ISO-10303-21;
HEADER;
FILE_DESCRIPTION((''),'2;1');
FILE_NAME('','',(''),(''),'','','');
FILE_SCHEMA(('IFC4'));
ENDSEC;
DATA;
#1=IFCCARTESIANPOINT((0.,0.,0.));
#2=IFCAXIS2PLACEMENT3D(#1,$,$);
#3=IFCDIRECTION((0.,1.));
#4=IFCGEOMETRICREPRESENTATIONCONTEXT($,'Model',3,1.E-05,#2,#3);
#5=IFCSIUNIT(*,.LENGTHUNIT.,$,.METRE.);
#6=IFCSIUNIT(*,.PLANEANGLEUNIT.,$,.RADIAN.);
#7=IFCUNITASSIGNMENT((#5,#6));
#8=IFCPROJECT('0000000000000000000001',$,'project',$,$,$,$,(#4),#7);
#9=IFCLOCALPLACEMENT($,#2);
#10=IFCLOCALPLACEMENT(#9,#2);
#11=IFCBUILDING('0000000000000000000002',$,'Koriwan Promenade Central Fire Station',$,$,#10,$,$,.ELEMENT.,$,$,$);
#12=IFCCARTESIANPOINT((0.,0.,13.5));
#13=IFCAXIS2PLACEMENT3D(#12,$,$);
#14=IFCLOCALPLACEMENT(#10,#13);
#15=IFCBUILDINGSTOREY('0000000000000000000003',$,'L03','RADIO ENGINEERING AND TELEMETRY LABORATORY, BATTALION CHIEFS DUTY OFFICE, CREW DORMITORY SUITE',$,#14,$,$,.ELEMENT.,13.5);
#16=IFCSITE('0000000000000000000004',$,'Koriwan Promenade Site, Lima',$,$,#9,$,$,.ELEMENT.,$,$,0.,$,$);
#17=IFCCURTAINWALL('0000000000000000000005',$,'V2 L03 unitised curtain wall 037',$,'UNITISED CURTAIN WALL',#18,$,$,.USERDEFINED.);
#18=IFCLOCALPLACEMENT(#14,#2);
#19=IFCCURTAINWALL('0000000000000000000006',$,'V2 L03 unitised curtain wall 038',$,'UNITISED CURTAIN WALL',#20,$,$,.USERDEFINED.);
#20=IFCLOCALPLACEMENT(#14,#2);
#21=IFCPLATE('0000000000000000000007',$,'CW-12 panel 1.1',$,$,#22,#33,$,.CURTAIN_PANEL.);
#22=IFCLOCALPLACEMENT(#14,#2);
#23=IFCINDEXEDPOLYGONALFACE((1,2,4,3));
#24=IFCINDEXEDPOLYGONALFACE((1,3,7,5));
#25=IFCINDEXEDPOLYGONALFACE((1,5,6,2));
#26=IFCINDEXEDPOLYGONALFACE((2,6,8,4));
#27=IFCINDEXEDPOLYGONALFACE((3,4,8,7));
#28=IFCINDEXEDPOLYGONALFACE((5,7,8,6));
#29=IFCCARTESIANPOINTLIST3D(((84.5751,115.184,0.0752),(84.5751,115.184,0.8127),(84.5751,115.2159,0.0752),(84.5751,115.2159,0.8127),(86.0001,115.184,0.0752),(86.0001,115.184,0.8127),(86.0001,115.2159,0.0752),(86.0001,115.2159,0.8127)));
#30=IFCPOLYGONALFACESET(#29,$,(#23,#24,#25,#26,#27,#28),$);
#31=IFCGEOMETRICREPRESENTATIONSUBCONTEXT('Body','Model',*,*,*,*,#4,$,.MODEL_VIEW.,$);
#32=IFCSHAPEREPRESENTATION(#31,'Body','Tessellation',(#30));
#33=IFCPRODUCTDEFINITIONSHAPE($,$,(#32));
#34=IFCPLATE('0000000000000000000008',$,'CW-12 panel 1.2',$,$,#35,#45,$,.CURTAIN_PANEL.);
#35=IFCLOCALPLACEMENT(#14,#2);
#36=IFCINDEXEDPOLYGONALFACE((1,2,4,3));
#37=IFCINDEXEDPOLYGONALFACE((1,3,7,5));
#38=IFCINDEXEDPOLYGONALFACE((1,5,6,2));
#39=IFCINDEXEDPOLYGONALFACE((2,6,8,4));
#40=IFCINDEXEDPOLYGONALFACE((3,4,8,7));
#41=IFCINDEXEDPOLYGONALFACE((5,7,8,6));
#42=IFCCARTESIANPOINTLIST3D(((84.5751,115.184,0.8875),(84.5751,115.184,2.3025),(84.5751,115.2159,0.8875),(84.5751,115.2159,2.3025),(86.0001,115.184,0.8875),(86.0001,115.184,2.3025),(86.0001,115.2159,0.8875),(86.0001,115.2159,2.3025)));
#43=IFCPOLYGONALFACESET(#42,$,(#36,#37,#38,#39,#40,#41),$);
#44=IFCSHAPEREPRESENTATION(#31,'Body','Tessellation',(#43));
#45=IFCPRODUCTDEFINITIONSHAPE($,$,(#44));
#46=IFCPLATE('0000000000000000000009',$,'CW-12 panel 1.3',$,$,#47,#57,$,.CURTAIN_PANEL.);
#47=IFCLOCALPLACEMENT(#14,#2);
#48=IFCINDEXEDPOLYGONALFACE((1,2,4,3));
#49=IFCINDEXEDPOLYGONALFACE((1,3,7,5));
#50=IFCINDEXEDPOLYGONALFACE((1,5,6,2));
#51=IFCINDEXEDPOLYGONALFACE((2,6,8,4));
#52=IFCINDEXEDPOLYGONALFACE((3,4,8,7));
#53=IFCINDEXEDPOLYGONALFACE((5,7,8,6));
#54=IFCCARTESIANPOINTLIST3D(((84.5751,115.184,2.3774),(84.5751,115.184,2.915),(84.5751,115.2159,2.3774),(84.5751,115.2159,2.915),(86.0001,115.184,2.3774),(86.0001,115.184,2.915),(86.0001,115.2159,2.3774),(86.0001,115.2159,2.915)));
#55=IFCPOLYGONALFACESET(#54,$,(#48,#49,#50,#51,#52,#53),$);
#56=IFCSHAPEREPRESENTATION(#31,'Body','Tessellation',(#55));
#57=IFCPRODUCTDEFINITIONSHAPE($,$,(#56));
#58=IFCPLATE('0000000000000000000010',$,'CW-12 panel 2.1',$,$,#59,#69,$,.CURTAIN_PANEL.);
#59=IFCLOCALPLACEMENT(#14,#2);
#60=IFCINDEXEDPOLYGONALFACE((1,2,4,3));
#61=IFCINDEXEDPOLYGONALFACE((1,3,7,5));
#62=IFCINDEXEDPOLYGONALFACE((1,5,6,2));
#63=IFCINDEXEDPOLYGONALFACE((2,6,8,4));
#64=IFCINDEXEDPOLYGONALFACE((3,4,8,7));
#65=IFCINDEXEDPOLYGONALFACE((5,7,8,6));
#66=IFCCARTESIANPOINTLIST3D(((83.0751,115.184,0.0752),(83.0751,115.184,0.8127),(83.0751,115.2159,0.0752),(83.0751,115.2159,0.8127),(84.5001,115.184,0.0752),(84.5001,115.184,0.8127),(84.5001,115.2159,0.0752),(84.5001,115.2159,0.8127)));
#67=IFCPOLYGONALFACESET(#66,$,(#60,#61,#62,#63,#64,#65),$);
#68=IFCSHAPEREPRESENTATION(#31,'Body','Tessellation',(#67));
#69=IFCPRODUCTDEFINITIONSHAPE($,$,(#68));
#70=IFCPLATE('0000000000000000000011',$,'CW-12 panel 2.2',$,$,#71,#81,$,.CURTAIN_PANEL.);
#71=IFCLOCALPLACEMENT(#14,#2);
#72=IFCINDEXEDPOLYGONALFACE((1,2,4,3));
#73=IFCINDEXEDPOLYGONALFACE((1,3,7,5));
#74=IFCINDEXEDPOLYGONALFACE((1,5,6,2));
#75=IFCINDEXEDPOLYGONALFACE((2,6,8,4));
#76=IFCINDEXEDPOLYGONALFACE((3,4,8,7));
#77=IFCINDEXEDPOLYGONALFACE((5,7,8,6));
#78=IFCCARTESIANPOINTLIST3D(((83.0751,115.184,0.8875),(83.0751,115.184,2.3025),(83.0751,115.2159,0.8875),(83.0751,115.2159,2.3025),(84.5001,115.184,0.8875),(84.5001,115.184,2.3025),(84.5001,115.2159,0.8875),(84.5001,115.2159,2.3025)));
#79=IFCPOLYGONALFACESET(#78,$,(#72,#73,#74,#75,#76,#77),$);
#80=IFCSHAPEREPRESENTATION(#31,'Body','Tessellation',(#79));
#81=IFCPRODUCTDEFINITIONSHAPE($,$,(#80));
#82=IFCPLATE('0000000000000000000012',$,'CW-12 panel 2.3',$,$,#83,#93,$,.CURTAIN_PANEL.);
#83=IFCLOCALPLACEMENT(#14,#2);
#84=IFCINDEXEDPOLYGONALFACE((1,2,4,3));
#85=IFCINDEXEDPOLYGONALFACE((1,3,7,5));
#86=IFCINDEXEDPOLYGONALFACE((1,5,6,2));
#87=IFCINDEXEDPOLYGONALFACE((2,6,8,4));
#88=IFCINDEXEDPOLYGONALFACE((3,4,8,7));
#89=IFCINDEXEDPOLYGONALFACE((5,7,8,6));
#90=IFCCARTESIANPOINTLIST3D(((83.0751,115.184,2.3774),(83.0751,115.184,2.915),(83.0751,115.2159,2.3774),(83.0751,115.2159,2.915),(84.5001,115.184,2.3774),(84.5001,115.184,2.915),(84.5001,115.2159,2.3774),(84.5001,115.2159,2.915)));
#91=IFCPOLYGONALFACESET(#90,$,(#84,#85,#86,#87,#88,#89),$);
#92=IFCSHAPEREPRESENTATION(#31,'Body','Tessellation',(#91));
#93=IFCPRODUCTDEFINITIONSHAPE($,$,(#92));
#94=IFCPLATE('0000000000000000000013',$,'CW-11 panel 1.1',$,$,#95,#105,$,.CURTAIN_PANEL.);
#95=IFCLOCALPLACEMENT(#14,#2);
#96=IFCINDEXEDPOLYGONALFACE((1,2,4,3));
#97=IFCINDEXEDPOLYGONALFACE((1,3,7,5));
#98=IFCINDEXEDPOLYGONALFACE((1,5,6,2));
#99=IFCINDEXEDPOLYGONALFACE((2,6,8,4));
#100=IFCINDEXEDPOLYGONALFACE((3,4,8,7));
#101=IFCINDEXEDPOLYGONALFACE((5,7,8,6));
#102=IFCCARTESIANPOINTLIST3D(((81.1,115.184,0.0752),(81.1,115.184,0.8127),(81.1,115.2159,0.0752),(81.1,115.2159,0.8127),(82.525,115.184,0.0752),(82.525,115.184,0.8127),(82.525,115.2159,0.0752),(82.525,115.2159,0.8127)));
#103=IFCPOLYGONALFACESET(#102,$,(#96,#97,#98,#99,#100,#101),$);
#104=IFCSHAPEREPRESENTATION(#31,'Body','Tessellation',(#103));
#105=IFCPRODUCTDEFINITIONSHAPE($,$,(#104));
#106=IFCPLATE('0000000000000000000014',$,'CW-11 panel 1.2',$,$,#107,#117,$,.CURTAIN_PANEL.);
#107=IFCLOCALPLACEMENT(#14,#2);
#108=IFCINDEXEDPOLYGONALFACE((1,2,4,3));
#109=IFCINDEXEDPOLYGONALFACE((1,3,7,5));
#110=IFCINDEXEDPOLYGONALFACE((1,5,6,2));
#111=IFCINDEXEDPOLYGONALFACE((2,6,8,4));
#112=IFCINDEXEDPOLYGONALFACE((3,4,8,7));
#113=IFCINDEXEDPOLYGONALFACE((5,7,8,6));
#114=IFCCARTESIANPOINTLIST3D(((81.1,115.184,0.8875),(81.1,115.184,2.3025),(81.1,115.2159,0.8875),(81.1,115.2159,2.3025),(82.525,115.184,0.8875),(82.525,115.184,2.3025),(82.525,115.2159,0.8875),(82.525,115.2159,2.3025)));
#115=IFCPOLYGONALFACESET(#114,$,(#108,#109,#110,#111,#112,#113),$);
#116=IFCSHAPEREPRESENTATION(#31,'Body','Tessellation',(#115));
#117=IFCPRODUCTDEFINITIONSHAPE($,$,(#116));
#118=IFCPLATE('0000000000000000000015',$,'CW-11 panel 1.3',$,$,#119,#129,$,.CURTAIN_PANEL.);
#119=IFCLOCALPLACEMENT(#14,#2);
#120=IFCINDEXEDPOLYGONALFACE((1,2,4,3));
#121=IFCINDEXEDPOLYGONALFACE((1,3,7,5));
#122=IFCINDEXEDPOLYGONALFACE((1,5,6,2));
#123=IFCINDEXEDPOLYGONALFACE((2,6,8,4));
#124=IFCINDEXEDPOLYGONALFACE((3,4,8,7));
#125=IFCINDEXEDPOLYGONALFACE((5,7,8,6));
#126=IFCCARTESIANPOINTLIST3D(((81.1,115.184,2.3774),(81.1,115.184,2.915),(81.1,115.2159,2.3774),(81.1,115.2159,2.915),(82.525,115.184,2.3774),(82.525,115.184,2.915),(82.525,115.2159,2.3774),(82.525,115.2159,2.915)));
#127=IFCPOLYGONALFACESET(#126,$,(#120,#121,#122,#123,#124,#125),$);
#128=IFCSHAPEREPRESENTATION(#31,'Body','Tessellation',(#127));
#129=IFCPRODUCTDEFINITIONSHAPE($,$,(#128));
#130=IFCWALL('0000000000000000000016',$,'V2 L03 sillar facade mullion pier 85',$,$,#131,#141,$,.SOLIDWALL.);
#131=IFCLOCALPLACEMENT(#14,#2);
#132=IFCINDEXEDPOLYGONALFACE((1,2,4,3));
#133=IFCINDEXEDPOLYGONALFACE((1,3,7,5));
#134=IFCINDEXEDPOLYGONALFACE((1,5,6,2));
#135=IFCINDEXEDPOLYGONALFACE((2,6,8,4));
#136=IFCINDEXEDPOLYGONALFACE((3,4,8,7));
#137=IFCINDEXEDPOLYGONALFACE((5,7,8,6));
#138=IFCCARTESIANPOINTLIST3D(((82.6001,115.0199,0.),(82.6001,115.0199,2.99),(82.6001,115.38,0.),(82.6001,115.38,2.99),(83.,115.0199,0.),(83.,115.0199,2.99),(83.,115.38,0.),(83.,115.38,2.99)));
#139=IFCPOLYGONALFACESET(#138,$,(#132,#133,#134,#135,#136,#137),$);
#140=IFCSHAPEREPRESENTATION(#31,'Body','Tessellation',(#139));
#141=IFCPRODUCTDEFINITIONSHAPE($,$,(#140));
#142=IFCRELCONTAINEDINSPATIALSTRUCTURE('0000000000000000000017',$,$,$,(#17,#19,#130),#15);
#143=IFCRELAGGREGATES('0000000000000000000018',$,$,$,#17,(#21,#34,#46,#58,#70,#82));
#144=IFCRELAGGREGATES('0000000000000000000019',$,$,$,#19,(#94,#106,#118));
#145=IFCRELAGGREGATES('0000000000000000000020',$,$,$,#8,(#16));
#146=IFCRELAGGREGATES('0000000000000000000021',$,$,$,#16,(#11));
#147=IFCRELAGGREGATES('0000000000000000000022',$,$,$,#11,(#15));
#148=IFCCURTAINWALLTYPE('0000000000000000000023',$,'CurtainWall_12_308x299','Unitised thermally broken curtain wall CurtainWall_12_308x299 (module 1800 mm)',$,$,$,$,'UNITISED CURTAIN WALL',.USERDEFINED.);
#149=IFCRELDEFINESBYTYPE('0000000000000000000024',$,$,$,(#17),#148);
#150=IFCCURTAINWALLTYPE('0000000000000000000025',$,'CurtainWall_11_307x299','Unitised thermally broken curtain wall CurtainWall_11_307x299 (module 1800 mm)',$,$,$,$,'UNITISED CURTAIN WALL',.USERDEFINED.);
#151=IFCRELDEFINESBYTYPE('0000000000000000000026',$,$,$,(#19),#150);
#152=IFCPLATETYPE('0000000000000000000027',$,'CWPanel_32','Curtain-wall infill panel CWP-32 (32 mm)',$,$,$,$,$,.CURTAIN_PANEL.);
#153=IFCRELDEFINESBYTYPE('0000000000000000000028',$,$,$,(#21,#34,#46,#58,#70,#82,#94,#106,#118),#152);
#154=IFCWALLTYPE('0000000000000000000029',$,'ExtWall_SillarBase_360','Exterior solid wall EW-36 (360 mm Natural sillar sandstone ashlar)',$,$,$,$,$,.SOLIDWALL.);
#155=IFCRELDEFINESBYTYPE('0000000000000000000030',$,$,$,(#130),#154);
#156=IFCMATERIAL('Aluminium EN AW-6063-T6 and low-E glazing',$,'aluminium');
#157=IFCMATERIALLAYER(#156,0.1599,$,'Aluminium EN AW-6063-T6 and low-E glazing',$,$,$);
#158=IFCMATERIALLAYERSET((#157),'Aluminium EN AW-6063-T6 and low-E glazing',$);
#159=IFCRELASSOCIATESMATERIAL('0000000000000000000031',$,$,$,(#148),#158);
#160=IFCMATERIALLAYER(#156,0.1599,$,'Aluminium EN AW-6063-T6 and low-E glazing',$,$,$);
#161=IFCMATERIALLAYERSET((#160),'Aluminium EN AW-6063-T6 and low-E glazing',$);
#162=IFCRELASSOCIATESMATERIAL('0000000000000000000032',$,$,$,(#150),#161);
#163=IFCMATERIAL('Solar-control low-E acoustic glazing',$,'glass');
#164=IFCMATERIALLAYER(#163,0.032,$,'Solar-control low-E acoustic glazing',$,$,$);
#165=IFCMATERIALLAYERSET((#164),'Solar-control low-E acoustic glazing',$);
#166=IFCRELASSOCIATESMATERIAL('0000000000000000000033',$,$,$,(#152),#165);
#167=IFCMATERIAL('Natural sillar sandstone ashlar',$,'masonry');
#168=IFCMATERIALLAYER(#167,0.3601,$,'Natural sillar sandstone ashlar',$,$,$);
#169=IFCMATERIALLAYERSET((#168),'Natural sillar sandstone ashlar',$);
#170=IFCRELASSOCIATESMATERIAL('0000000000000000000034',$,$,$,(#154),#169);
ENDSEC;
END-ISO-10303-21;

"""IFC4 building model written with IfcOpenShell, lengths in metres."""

from ifc_helpers import new_model, si_unit, direction, frame, frame_2d, origin, origin_2d, place, context, subcontext, project, spatial, rectangle, extrude, material, layer, layer_set, type_object, element, aggregate, save


model = new_model("IFC4")

# Units and contexts
model_context = context("Model", 3, precision=1e-05, world=origin(), true_north=direction((0.0, 1.0)))
body_context = subcontext(model_context, "Body", "Model", "MODEL_VIEW")
ifc_project = project(units=[si_unit("LENGTHUNIT", "METRE"), si_unit("PLANEANGLEUNIT", "RADIAN")], contexts=[model_context])

# Site, building, storey
site_placement = place(None, origin())
site = spatial("IfcSite", under=ifc_project, at=site_placement, Name="Koriwan Promenade Site, Lima", CompositionType="ELEMENT", RefElevation=0.0)
building_placement = place(site_placement, origin())
building = spatial("IfcBuilding", under=site, at=building_placement, Name="Koriwan Promenade Central Fire Station", CompositionType="ELEMENT")
storey_placement = place(building_placement, frame((0.0, 0.0, 13.5)))
storey = spatial("IfcBuildingStorey", under=building, at=storey_placement, Name="L03", Description="RADIO ENGINEERING AND TELEMETRY LABORATORY, BATTALION CHIEFS DUTY OFFICE, CREW DORMITORY SUITE", CompositionType="ELEMENT", Elevation=13.5)

# Curtain walls
ifc_material_1 = material(Name="Aluminium EN AW-6063-T6 and low-E glazing", Category="aluminium")
ifc_layer_1 = layer(ifc_material_1, 0.1599, Name="Aluminium EN AW-6063-T6 and low-E glazing")
ifc_layer_set_1 = layer_set([ifc_layer_1], Name="Aluminium EN AW-6063-T6 and low-E glazing")
curtain_wall_type_1 = type_object("IfcCurtainWallType", Name="CurtainWall_12_308x299", Description="Unitised thermally broken curtain wall CurtainWall_12_308x299 (module 1800 mm)", ElementType="UNITISED CURTAIN WALL", PredefinedType="USERDEFINED", material=ifc_layer_set_1)
curtain_wall_1_placement = place(storey_placement, origin())
curtain_wall_1 = element("IfcCurtainWall", 1, at=curtain_wall_1_placement, inside=storey, type_object=curtain_wall_type_1, Name="V2 L03 unitised curtain wall 037", ObjectType="UNITISED CURTAIN WALL", PredefinedType="USERDEFINED")
ifc_layer_2 = layer(ifc_material_1, 0.1599, Name="Aluminium EN AW-6063-T6 and low-E glazing")
ifc_layer_set_2 = layer_set([ifc_layer_2], Name="Aluminium EN AW-6063-T6 and low-E glazing")
curtain_wall_type_2 = type_object("IfcCurtainWallType", Name="CurtainWall_11_307x299", Description="Unitised thermally broken curtain wall CurtainWall_11_307x299 (module 1800 mm)", ElementType="UNITISED CURTAIN WALL", PredefinedType="USERDEFINED", material=ifc_layer_set_2)
curtain_wall_2_placement = place(storey_placement, origin())
curtain_wall_2 = element("IfcCurtainWall", 2, at=curtain_wall_2_placement, inside=storey, type_object=curtain_wall_type_2, Name="V2 L03 unitised curtain wall 038", ObjectType="UNITISED CURTAIN WALL", PredefinedType="USERDEFINED")

# Plates
ifc_material_2 = material(Name="Solar-control low-E acoustic glazing", Category="glass")
ifc_layer_3 = layer(ifc_material_2, 0.032, Name="Solar-control low-E acoustic glazing")
ifc_layer_set_3 = layer_set([ifc_layer_3], Name="Solar-control low-E acoustic glazing")
plate_type = type_object("IfcPlateType", Name="CWPanel_32", Description="Curtain-wall infill panel CWP-32 (32 mm)", PredefinedType="CURTAIN_PANEL", material=ifc_layer_set_3)
plate_1_placement = place(storey_placement, frame((85.2876, 115.2, 0.0752), z_axis=(0.0, 0.0, 1.0), x_axis=(-1.0, 0.0, 0.0)))
plate_1 = element("IfcPlate", 3, at=plate_1_placement, type_object=plate_type, Name="CW-12 panel 1.1", PredefinedType="CURTAIN_PANEL", context=body_context, shape_type="SweptSolid", body=[
    extrude(rectangle(XDim=1.425, YDim=0.032, at=origin_2d()), origin(), (0.0, 0.0, 1.0), 0.7375),
])
plate_2_placement = place(storey_placement, frame((85.2876, 115.2, 0.8875), z_axis=(0.0, 0.0, 1.0), x_axis=(-1.0, 0.0, 0.0)))
plate_2 = element("IfcPlate", 4, at=plate_2_placement, type_object=plate_type, Name="CW-12 panel 1.2", PredefinedType="CURTAIN_PANEL", context=body_context, shape_type="SweptSolid", body=[
    extrude(rectangle(XDim=1.425, YDim=0.032, at=origin_2d()), origin(), (0.0, 0.0, 1.0), 1.415),
])
plate_3_placement = place(storey_placement, frame((85.2876, 115.2, 2.3774), z_axis=(0.0, 0.0, 1.0), x_axis=(-1.0, 0.0, 0.0)))
plate_3 = element("IfcPlate", 5, at=plate_3_placement, type_object=plate_type, Name="CW-12 panel 1.3", PredefinedType="CURTAIN_PANEL", context=body_context, shape_type="SweptSolid", body=[
    extrude(rectangle(XDim=1.425, YDim=0.032, at=origin_2d()), origin(), (0.0, 0.0, 1.0), 0.5376),
])
plate_4_placement = place(storey_placement, frame((83.7876, 115.2, 0.0752), z_axis=(0.0, 0.0, 1.0), x_axis=(-1.0, 0.0, 0.0)))
plate_4 = element("IfcPlate", 6, at=plate_4_placement, type_object=plate_type, Name="CW-12 panel 2.1", PredefinedType="CURTAIN_PANEL", context=body_context, shape_type="SweptSolid", body=[
    extrude(rectangle(XDim=1.425, YDim=0.032, at=origin_2d()), origin(), (0.0, 0.0, 1.0), 0.7375),
])
plate_5_placement = place(storey_placement, frame((83.7876, 115.2, 0.8875), z_axis=(0.0, 0.0, 1.0), x_axis=(-1.0, 0.0, 0.0)))
plate_5 = element("IfcPlate", 7, at=plate_5_placement, type_object=plate_type, Name="CW-12 panel 2.2", PredefinedType="CURTAIN_PANEL", context=body_context, shape_type="SweptSolid", body=[
    extrude(rectangle(XDim=1.425, YDim=0.032, at=origin_2d()), origin(), (0.0, 0.0, 1.0), 1.415),
])
plate_6_placement = place(storey_placement, frame((83.7876, 115.2, 2.3774), z_axis=(0.0, 0.0, 1.0), x_axis=(-1.0, 0.0, 0.0)))
plate_6 = element("IfcPlate", 8, at=plate_6_placement, type_object=plate_type, Name="CW-12 panel 2.3", PredefinedType="CURTAIN_PANEL", context=body_context, shape_type="SweptSolid", body=[
    extrude(rectangle(XDim=1.425, YDim=0.032, at=origin_2d()), origin(), (0.0, 0.0, 1.0), 0.5376),
])
aggregate(curtain_wall_1, [plate_1, plate_2, plate_3, plate_4, plate_5, plate_6])
plate_7_placement = place(storey_placement, frame((81.8125, 115.2, 0.0752), z_axis=(0.0, 0.0, 1.0), x_axis=(-1.0, 0.0, 0.0)))
plate_7 = element("IfcPlate", 9, at=plate_7_placement, type_object=plate_type, Name="CW-11 panel 1.1", PredefinedType="CURTAIN_PANEL", context=body_context, shape_type="SweptSolid", body=[
    extrude(rectangle(XDim=1.425, YDim=0.032, at=origin_2d()), origin(), (0.0, 0.0, 1.0), 0.7375),
])
plate_8_placement = place(storey_placement, frame((81.8125, 115.2, 0.8875), z_axis=(0.0, 0.0, 1.0), x_axis=(-1.0, 0.0, 0.0)))
plate_8 = element("IfcPlate", 10, at=plate_8_placement, type_object=plate_type, Name="CW-11 panel 1.2", PredefinedType="CURTAIN_PANEL", context=body_context, shape_type="SweptSolid", body=[
    extrude(rectangle(XDim=1.425, YDim=0.032, at=origin_2d()), origin(), (0.0, 0.0, 1.0), 1.415),
])
plate_9_placement = place(storey_placement, frame((81.8125, 115.2, 2.3774), z_axis=(0.0, 0.0, 1.0), x_axis=(-1.0, 0.0, 0.0)))
plate_9 = element("IfcPlate", 11, at=plate_9_placement, type_object=plate_type, Name="CW-11 panel 1.3", PredefinedType="CURTAIN_PANEL", context=body_context, shape_type="SweptSolid", body=[
    extrude(rectangle(XDim=1.425, YDim=0.032, at=origin_2d()), origin(), (0.0, 0.0, 1.0), 0.5376),
])
aggregate(curtain_wall_2, [plate_7, plate_8, plate_9])

# Wall
ifc_material_3 = material(Name="Natural sillar sandstone ashlar", Category="masonry")
ifc_layer_4 = layer(ifc_material_3, 0.3601, Name="Natural sillar sandstone ashlar")
ifc_layer_set_4 = layer_set([ifc_layer_4], Name="Natural sillar sandstone ashlar")
wall_type = type_object("IfcWallType", Name="ExtWall_SillarBase_360", Description="Exterior solid wall EW-36 (360 mm Natural sillar sandstone ashlar)", PredefinedType="SOLIDWALL", material=ifc_layer_set_4)
wall_placement = place(storey_placement, frame((83.0, 115.2, 0.0), z_axis=(0.0, 0.0, 1.0), x_axis=(-1.0, 0.0, 0.0)))
element("IfcWall", 12, at=wall_placement, inside=storey, type_object=wall_type, Name="V2 L03 sillar facade mullion pier 85", PredefinedType="SOLIDWALL", context=body_context, shape_type="SweptSolid", body=[
    extrude(rectangle(XDim=0.3999, YDim=0.3601, at=frame_2d((0.2, 0.0))), origin(), (0.0, 0.0, 1.0), 2.99),
])

save(model, "model.ifc")
